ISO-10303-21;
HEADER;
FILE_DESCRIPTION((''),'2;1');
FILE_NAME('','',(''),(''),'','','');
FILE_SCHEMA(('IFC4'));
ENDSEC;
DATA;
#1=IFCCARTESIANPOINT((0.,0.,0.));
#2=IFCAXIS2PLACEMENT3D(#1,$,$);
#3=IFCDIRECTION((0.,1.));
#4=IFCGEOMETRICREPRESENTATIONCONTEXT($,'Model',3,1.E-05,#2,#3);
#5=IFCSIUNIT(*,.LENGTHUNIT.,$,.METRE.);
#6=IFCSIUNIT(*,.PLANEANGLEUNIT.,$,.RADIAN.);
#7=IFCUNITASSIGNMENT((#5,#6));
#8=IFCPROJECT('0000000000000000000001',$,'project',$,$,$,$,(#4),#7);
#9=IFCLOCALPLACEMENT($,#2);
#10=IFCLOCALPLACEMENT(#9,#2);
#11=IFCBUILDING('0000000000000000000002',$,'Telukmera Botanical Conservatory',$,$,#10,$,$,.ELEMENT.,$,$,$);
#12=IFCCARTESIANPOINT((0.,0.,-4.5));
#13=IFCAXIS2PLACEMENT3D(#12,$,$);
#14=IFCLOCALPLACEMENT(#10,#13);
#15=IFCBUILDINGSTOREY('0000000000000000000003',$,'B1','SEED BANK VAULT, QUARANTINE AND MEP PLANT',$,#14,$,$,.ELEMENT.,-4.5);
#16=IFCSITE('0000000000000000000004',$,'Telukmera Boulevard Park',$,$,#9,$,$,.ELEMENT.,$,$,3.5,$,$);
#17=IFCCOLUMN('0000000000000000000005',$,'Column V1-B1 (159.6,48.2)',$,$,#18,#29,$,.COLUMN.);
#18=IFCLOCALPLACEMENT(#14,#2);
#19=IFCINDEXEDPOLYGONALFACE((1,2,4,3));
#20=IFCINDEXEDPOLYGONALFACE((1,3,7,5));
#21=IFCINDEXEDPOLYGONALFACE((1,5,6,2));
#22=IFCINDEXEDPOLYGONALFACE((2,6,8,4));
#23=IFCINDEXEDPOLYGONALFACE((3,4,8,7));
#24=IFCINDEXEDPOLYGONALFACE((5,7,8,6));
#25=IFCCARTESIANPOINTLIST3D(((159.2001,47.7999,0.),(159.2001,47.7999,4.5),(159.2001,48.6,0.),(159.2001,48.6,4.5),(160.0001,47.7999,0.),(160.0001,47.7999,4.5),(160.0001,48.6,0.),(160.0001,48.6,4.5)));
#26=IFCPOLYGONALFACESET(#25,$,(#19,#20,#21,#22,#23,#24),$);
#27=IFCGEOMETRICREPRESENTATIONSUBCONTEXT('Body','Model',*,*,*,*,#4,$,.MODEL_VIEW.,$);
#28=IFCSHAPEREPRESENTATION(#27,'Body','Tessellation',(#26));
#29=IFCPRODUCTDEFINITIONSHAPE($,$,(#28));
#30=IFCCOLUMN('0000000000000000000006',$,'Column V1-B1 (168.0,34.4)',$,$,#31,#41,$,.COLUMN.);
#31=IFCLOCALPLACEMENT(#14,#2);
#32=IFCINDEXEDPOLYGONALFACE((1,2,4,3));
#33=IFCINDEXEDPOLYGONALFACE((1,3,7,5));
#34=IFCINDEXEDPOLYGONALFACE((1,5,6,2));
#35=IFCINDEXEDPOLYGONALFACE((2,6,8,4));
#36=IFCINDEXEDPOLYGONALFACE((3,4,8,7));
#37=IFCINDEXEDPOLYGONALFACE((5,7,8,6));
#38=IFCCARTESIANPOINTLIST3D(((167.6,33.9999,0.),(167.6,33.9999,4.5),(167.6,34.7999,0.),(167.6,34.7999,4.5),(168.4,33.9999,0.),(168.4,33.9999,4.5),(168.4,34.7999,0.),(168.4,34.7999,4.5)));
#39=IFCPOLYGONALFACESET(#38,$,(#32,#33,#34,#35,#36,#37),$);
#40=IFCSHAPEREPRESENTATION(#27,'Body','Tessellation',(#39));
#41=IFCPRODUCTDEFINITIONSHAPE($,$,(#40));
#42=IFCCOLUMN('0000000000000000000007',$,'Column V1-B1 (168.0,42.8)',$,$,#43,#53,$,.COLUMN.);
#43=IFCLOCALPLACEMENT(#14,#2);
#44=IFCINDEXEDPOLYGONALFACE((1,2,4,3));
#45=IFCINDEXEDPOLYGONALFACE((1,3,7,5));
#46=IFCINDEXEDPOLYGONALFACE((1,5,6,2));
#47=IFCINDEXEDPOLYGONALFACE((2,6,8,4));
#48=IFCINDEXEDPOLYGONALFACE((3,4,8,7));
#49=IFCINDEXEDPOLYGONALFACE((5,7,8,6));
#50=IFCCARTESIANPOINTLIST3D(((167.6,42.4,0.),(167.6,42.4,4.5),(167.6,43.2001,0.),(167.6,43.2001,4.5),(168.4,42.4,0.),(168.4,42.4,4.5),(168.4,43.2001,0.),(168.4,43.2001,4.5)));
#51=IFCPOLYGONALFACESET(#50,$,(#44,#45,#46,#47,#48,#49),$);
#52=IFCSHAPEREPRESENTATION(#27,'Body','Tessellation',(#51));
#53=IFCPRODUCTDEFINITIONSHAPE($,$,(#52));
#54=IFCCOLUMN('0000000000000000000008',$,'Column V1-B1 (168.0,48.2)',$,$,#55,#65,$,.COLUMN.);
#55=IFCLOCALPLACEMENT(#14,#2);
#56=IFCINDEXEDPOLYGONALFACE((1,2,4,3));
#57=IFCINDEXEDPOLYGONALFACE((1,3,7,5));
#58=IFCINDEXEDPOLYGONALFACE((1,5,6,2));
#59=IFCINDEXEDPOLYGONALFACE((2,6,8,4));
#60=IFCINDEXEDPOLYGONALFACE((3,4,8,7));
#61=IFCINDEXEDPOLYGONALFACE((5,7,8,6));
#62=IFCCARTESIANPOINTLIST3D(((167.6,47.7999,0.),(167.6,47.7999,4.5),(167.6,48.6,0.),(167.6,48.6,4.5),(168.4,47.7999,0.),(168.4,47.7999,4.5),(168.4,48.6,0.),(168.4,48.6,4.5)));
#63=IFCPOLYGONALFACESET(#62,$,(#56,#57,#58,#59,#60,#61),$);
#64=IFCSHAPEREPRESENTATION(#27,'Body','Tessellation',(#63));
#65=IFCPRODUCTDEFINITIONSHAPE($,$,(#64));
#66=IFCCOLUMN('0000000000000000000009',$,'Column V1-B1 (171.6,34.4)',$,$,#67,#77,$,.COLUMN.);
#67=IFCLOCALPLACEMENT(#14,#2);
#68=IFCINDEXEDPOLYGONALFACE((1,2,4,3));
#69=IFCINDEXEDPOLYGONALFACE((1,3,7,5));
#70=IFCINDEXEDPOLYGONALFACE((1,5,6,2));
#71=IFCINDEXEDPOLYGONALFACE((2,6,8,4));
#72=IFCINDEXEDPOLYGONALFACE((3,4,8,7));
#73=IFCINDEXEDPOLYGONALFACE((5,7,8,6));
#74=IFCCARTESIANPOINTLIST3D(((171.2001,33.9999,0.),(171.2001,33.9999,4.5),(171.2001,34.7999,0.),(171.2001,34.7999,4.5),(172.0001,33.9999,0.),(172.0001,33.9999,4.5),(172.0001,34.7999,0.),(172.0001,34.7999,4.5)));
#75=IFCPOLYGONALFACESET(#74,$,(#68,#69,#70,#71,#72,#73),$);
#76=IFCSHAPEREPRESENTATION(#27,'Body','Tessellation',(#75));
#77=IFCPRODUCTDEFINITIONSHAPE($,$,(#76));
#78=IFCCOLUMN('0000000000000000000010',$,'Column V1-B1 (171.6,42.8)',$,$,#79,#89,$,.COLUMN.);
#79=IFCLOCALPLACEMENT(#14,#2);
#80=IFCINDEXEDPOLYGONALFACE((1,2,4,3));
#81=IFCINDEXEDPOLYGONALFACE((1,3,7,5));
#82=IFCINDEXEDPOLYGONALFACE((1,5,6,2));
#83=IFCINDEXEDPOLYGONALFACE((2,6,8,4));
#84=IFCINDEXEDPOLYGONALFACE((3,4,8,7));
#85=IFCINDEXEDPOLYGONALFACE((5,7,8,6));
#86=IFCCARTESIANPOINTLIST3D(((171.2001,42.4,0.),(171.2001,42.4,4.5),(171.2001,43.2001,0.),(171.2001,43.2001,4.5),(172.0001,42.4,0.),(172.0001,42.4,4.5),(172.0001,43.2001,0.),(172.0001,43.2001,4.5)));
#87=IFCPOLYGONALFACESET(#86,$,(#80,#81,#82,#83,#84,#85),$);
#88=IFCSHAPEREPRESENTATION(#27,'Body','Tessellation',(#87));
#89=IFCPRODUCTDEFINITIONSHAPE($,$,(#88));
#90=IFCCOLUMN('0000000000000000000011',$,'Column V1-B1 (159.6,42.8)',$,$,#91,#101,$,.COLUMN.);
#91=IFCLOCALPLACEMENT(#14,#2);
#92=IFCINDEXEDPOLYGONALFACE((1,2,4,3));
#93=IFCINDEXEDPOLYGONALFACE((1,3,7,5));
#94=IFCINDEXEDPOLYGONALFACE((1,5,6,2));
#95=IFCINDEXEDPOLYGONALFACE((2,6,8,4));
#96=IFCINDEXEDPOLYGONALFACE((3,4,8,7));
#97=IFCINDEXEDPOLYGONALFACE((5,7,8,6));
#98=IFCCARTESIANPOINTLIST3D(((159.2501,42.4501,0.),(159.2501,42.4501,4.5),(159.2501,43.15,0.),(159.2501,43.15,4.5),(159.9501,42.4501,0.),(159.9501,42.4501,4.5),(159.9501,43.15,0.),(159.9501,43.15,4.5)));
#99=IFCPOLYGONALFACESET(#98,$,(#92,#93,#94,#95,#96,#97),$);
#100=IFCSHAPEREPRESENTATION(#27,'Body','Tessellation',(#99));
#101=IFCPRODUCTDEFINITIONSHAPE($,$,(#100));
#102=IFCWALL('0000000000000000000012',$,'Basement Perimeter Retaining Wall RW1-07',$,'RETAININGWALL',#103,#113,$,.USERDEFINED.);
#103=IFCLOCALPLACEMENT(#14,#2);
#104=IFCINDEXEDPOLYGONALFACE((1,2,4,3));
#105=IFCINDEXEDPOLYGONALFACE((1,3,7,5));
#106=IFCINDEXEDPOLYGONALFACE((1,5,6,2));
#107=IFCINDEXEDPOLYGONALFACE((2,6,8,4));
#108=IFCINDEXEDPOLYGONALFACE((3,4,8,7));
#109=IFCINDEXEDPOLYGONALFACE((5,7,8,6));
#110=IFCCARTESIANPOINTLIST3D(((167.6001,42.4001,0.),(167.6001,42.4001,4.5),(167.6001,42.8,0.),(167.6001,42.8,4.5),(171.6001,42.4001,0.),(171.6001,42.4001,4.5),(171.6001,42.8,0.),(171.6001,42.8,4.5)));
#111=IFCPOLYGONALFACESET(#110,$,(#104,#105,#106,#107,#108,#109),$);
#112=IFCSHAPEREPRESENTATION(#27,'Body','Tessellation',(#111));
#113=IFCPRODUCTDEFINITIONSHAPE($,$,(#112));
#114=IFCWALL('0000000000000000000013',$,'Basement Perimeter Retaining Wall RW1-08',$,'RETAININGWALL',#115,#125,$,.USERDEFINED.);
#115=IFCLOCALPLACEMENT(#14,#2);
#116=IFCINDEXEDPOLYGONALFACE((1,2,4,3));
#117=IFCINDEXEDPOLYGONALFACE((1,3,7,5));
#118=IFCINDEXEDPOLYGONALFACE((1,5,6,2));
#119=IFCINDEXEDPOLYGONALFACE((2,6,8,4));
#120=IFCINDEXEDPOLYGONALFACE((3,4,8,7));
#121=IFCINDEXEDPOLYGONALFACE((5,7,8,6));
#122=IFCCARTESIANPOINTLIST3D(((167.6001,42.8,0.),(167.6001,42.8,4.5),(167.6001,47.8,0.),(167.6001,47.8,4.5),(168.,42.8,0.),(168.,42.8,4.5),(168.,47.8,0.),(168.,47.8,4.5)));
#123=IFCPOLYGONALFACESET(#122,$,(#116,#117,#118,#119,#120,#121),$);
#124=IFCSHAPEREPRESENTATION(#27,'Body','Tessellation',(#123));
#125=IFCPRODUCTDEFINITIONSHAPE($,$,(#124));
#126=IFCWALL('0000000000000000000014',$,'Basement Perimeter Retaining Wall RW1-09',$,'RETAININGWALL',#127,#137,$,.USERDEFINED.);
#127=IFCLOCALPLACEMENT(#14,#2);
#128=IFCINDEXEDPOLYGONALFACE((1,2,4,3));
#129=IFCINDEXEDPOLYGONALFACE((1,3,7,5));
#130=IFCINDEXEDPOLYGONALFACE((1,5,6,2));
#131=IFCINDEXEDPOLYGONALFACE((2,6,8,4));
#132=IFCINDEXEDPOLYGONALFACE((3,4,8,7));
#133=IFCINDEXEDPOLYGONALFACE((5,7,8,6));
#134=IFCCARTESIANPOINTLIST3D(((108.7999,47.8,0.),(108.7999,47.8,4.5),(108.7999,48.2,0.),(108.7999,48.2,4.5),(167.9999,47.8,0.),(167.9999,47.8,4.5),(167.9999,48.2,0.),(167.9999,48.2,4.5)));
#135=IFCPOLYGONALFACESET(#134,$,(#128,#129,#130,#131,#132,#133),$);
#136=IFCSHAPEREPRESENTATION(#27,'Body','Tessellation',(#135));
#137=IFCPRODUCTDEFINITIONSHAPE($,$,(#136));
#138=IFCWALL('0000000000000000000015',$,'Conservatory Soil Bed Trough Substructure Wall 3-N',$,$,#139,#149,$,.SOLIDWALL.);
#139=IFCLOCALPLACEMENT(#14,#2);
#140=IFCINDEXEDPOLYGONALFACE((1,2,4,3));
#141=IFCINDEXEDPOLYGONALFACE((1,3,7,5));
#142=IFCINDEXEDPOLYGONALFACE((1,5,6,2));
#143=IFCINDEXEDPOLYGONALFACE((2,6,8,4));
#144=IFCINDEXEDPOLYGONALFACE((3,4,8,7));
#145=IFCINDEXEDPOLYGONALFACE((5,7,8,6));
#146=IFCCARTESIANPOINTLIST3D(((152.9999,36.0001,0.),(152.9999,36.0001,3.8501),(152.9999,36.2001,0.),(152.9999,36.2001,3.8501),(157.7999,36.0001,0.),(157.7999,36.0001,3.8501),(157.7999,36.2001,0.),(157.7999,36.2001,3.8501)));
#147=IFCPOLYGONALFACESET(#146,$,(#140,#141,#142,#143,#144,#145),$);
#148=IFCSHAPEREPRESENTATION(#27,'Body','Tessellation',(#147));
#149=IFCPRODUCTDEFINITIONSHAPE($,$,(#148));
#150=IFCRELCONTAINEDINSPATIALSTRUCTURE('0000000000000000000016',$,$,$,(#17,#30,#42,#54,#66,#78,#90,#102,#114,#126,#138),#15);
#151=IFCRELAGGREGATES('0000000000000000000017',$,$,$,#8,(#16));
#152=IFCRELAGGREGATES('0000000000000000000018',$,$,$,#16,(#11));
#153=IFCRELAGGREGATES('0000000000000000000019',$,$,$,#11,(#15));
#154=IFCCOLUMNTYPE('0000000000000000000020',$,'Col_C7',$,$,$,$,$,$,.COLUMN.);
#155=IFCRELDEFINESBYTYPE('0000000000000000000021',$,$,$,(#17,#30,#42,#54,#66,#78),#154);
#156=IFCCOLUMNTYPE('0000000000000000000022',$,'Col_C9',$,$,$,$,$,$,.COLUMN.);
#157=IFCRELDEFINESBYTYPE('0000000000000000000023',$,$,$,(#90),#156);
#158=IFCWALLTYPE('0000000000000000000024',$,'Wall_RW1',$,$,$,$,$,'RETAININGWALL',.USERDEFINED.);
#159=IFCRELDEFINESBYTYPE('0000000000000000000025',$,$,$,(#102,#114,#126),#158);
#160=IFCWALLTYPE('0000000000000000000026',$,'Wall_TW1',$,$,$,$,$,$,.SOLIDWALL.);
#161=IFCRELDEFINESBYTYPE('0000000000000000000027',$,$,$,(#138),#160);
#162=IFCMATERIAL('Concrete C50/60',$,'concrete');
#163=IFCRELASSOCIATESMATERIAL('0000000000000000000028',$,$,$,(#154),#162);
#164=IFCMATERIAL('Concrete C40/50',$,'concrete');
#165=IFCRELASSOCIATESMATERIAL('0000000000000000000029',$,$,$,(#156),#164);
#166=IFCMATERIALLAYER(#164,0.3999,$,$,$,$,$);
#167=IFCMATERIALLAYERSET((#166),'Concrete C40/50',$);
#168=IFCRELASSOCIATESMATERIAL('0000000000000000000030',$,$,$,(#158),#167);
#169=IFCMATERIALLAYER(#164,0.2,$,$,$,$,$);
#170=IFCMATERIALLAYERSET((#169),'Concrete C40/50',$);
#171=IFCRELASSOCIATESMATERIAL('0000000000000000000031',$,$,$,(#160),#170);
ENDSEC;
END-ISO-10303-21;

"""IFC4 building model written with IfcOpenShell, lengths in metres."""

from ifc_helpers import new_model, si_unit, direction, frame, frame_2d, origin, origin_2d, place, context, subcontext, project, spatial, rectangle, extrude, material, layer, layer_set, material_profile, profile_set, type_object, element, save


model = new_model("IFC4")

# Units and contexts
model_context = context("Model", 3, precision=1e-05, world=origin(), true_north=direction((0.0, 1.0)))
body_context = subcontext(model_context, "Body", "Model", "MODEL_VIEW")
ifc_project = project(units=[si_unit("LENGTHUNIT", "METRE"), si_unit("PLANEANGLEUNIT", "RADIAN")], contexts=[model_context])

# Site, building, storey
site_placement = place(None, origin())
site = spatial("IfcSite", under=ifc_project, at=site_placement, Name="Telukmera Boulevard Park", CompositionType="ELEMENT", RefElevation=3.5)
building_placement = place(site_placement, origin())
building = spatial("IfcBuilding", under=site, at=building_placement, Name="Telukmera Botanical Conservatory", CompositionType="ELEMENT")
storey_placement = place(building_placement, frame((0.0, 0.0, -4.5)))
storey = spatial("IfcBuildingStorey", under=building, at=storey_placement, Name="B1", Description="SEED BANK VAULT, QUARANTINE AND MEP PLANT", CompositionType="ELEMENT", Elevation=-4.5)

# Shared definitions
ifc_material_1 = material(Name="Concrete C50/60", Category="concrete")
ifc_material_2 = material(Name="Concrete C40/50", Category="concrete")

# Columns
ifc_material_profile_1 = material_profile(ifc_material_1, rectangle(XDim=0.8, YDim=0.8, at=origin_2d()), Name="RC 800x800")
ifc_profile_set_1 = profile_set([ifc_material_profile_1], Name="Concrete C50/60")
column_type_1 = type_object("IfcColumnType", Name="Col_C7", PredefinedType="COLUMN", material=ifc_profile_set_1)
for number, where, z_axis, x_axis, name in (
    (1, (159.6001, 48.2, 0.0), (0.0, 0.0, 1.0), (1.0, 0.0, 0.0), "Column V1-B1 (159.6,48.2)"),
    (2, (168.0, 34.3999, 0.0), (0.0, 0.0, 1.0), (1.0, 0.0, 0.0), "Column V1-B1 (168.0,34.4)"),
    (3, (168.0, 42.8, 0.0), (0.0, 0.0, 1.0), (1.0, 0.0, 0.0), "Column V1-B1 (168.0,42.8)"),
    (4, (168.0, 48.2, 0.0), (0.0, 0.0, 1.0), (1.0, 0.0, 0.0), "Column V1-B1 (168.0,48.2)"),
    (5, (171.6001, 34.3999, 0.0), (0.0, 0.0, 1.0), (1.0, 0.0, 0.0), "Column V1-B1 (171.6,34.4)"),
    (6, (171.6001, 42.8, 0.0), (0.0, 0.0, 1.0), (1.0, 0.0, 0.0), "Column V1-B1 (171.6,42.8)"),
):
    element("IfcColumn", number, at=place(storey_placement, frame(where, z_axis=z_axis, x_axis=x_axis)), inside=storey, type_object=column_type_1, Name=name, PredefinedType="COLUMN", context=body_context, shape_type="SweptSolid", body=[
        extrude(rectangle(XDim=0.8, YDim=0.8, at=origin_2d()), origin(), (0.0, 0.0, 1.0), 4.5),
    ])
ifc_material_profile_2 = material_profile(ifc_material_2, rectangle(XDim=0.7, YDim=0.7, at=origin_2d()), Name="RC 700x700")
ifc_profile_set_2 = profile_set([ifc_material_profile_2], Name="Concrete C40/50")
column_type_2 = type_object("IfcColumnType", Name="Col_C9", PredefinedType="COLUMN", material=ifc_profile_set_2)
column_placement = place(storey_placement, frame((159.6001, 42.8, 0.0), z_axis=(0.0, 0.0, 1.0), x_axis=(1.0, 0.0, 0.0)))
element("IfcColumn", 7, at=column_placement, inside=storey, type_object=column_type_2, Name="Column V1-B1 (159.6,42.8)", PredefinedType="COLUMN", context=body_context, shape_type="SweptSolid", body=[
    extrude(rectangle(XDim=0.7, YDim=0.7, at=origin_2d()), origin(), (0.0, 0.0, 1.0), 4.5),
])

# Walls
ifc_layer_1 = layer(ifc_material_2, 0.3999)
ifc_layer_set_1 = layer_set([ifc_layer_1], Name="Concrete C40/50")
wall_type_1 = type_object("IfcWallType", Name="Wall_RW1", ElementType="RETAININGWALL", PredefinedType="USERDEFINED", material=ifc_layer_set_1)
wall_1_placement = place(storey_placement, frame((171.6001, 42.6001, 0.0), z_axis=(0.0, 0.0, 1.0), x_axis=(-1.0, 0.0, 0.0)))
element("IfcWall", 8, at=wall_1_placement, inside=storey, type_object=wall_type_1, Name="Basement Perimeter Retaining Wall RW1-07", ObjectType="RETAININGWALL", PredefinedType="USERDEFINED", context=body_context, shape_type="SweptSolid", body=[
    extrude(rectangle(XDim=4.0, YDim=0.3999, at=frame_2d((2.0, 0.0))), origin(), (0.0, 0.0, 1.0), 4.5),
])
wall_2_placement = place(storey_placement, frame((167.8, 42.8, 0.0), z_axis=(0.0, 0.0, 1.0), x_axis=(0.0, 1.0, 0.0)))
element("IfcWall", 9, at=wall_2_placement, inside=storey, type_object=wall_type_1, Name="Basement Perimeter Retaining Wall RW1-08", ObjectType="RETAININGWALL", PredefinedType="USERDEFINED", context=body_context, shape_type="SweptSolid", body=[
    extrude(rectangle(XDim=5.0, YDim=0.3999, at=frame_2d((2.5, 0.0))), origin(), (0.0, 0.0, 1.0), 4.5),
])
wall_3_placement = place(storey_placement, frame((168.0, 48.0, 0.0), z_axis=(0.0, 0.0, 1.0), x_axis=(-1.0, 0.0, 0.0)))
element("IfcWall", 10, at=wall_3_placement, inside=storey, type_object=wall_type_1, Name="Basement Perimeter Retaining Wall RW1-09", ObjectType="RETAININGWALL", PredefinedType="USERDEFINED", context=body_context, shape_type="SweptSolid", body=[
    extrude(rectangle(XDim=59.2, YDim=0.3999, at=frame_2d((29.6001, 0.0))), origin(), (0.0, 0.0, 1.0), 4.5),
])
ifc_layer_2 = layer(ifc_material_2, 0.2)
ifc_layer_set_2 = layer_set([ifc_layer_2], Name="Concrete C40/50")
wall_type_2 = type_object("IfcWallType", Name="Wall_TW1", PredefinedType="SOLIDWALL", material=ifc_layer_set_2)
wall_4_placement = place(storey_placement, frame((153.0, 36.1001, 0.0), z_axis=(0.0, 0.0, 1.0), x_axis=(1.0, 0.0, 0.0)))
element("IfcWall", 11, at=wall_4_placement, inside=storey, type_object=wall_type_2, Name="Conservatory Soil Bed Trough Substructure Wall 3-N", PredefinedType="SOLIDWALL", context=body_context, shape_type="SweptSolid", body=[
    extrude(rectangle(XDim=4.8, YDim=0.2, at=frame_2d((2.3999, 0.0))), origin(), (0.0, 0.0, 1.0), 3.8501),
])

save(model, "model.ifc")
